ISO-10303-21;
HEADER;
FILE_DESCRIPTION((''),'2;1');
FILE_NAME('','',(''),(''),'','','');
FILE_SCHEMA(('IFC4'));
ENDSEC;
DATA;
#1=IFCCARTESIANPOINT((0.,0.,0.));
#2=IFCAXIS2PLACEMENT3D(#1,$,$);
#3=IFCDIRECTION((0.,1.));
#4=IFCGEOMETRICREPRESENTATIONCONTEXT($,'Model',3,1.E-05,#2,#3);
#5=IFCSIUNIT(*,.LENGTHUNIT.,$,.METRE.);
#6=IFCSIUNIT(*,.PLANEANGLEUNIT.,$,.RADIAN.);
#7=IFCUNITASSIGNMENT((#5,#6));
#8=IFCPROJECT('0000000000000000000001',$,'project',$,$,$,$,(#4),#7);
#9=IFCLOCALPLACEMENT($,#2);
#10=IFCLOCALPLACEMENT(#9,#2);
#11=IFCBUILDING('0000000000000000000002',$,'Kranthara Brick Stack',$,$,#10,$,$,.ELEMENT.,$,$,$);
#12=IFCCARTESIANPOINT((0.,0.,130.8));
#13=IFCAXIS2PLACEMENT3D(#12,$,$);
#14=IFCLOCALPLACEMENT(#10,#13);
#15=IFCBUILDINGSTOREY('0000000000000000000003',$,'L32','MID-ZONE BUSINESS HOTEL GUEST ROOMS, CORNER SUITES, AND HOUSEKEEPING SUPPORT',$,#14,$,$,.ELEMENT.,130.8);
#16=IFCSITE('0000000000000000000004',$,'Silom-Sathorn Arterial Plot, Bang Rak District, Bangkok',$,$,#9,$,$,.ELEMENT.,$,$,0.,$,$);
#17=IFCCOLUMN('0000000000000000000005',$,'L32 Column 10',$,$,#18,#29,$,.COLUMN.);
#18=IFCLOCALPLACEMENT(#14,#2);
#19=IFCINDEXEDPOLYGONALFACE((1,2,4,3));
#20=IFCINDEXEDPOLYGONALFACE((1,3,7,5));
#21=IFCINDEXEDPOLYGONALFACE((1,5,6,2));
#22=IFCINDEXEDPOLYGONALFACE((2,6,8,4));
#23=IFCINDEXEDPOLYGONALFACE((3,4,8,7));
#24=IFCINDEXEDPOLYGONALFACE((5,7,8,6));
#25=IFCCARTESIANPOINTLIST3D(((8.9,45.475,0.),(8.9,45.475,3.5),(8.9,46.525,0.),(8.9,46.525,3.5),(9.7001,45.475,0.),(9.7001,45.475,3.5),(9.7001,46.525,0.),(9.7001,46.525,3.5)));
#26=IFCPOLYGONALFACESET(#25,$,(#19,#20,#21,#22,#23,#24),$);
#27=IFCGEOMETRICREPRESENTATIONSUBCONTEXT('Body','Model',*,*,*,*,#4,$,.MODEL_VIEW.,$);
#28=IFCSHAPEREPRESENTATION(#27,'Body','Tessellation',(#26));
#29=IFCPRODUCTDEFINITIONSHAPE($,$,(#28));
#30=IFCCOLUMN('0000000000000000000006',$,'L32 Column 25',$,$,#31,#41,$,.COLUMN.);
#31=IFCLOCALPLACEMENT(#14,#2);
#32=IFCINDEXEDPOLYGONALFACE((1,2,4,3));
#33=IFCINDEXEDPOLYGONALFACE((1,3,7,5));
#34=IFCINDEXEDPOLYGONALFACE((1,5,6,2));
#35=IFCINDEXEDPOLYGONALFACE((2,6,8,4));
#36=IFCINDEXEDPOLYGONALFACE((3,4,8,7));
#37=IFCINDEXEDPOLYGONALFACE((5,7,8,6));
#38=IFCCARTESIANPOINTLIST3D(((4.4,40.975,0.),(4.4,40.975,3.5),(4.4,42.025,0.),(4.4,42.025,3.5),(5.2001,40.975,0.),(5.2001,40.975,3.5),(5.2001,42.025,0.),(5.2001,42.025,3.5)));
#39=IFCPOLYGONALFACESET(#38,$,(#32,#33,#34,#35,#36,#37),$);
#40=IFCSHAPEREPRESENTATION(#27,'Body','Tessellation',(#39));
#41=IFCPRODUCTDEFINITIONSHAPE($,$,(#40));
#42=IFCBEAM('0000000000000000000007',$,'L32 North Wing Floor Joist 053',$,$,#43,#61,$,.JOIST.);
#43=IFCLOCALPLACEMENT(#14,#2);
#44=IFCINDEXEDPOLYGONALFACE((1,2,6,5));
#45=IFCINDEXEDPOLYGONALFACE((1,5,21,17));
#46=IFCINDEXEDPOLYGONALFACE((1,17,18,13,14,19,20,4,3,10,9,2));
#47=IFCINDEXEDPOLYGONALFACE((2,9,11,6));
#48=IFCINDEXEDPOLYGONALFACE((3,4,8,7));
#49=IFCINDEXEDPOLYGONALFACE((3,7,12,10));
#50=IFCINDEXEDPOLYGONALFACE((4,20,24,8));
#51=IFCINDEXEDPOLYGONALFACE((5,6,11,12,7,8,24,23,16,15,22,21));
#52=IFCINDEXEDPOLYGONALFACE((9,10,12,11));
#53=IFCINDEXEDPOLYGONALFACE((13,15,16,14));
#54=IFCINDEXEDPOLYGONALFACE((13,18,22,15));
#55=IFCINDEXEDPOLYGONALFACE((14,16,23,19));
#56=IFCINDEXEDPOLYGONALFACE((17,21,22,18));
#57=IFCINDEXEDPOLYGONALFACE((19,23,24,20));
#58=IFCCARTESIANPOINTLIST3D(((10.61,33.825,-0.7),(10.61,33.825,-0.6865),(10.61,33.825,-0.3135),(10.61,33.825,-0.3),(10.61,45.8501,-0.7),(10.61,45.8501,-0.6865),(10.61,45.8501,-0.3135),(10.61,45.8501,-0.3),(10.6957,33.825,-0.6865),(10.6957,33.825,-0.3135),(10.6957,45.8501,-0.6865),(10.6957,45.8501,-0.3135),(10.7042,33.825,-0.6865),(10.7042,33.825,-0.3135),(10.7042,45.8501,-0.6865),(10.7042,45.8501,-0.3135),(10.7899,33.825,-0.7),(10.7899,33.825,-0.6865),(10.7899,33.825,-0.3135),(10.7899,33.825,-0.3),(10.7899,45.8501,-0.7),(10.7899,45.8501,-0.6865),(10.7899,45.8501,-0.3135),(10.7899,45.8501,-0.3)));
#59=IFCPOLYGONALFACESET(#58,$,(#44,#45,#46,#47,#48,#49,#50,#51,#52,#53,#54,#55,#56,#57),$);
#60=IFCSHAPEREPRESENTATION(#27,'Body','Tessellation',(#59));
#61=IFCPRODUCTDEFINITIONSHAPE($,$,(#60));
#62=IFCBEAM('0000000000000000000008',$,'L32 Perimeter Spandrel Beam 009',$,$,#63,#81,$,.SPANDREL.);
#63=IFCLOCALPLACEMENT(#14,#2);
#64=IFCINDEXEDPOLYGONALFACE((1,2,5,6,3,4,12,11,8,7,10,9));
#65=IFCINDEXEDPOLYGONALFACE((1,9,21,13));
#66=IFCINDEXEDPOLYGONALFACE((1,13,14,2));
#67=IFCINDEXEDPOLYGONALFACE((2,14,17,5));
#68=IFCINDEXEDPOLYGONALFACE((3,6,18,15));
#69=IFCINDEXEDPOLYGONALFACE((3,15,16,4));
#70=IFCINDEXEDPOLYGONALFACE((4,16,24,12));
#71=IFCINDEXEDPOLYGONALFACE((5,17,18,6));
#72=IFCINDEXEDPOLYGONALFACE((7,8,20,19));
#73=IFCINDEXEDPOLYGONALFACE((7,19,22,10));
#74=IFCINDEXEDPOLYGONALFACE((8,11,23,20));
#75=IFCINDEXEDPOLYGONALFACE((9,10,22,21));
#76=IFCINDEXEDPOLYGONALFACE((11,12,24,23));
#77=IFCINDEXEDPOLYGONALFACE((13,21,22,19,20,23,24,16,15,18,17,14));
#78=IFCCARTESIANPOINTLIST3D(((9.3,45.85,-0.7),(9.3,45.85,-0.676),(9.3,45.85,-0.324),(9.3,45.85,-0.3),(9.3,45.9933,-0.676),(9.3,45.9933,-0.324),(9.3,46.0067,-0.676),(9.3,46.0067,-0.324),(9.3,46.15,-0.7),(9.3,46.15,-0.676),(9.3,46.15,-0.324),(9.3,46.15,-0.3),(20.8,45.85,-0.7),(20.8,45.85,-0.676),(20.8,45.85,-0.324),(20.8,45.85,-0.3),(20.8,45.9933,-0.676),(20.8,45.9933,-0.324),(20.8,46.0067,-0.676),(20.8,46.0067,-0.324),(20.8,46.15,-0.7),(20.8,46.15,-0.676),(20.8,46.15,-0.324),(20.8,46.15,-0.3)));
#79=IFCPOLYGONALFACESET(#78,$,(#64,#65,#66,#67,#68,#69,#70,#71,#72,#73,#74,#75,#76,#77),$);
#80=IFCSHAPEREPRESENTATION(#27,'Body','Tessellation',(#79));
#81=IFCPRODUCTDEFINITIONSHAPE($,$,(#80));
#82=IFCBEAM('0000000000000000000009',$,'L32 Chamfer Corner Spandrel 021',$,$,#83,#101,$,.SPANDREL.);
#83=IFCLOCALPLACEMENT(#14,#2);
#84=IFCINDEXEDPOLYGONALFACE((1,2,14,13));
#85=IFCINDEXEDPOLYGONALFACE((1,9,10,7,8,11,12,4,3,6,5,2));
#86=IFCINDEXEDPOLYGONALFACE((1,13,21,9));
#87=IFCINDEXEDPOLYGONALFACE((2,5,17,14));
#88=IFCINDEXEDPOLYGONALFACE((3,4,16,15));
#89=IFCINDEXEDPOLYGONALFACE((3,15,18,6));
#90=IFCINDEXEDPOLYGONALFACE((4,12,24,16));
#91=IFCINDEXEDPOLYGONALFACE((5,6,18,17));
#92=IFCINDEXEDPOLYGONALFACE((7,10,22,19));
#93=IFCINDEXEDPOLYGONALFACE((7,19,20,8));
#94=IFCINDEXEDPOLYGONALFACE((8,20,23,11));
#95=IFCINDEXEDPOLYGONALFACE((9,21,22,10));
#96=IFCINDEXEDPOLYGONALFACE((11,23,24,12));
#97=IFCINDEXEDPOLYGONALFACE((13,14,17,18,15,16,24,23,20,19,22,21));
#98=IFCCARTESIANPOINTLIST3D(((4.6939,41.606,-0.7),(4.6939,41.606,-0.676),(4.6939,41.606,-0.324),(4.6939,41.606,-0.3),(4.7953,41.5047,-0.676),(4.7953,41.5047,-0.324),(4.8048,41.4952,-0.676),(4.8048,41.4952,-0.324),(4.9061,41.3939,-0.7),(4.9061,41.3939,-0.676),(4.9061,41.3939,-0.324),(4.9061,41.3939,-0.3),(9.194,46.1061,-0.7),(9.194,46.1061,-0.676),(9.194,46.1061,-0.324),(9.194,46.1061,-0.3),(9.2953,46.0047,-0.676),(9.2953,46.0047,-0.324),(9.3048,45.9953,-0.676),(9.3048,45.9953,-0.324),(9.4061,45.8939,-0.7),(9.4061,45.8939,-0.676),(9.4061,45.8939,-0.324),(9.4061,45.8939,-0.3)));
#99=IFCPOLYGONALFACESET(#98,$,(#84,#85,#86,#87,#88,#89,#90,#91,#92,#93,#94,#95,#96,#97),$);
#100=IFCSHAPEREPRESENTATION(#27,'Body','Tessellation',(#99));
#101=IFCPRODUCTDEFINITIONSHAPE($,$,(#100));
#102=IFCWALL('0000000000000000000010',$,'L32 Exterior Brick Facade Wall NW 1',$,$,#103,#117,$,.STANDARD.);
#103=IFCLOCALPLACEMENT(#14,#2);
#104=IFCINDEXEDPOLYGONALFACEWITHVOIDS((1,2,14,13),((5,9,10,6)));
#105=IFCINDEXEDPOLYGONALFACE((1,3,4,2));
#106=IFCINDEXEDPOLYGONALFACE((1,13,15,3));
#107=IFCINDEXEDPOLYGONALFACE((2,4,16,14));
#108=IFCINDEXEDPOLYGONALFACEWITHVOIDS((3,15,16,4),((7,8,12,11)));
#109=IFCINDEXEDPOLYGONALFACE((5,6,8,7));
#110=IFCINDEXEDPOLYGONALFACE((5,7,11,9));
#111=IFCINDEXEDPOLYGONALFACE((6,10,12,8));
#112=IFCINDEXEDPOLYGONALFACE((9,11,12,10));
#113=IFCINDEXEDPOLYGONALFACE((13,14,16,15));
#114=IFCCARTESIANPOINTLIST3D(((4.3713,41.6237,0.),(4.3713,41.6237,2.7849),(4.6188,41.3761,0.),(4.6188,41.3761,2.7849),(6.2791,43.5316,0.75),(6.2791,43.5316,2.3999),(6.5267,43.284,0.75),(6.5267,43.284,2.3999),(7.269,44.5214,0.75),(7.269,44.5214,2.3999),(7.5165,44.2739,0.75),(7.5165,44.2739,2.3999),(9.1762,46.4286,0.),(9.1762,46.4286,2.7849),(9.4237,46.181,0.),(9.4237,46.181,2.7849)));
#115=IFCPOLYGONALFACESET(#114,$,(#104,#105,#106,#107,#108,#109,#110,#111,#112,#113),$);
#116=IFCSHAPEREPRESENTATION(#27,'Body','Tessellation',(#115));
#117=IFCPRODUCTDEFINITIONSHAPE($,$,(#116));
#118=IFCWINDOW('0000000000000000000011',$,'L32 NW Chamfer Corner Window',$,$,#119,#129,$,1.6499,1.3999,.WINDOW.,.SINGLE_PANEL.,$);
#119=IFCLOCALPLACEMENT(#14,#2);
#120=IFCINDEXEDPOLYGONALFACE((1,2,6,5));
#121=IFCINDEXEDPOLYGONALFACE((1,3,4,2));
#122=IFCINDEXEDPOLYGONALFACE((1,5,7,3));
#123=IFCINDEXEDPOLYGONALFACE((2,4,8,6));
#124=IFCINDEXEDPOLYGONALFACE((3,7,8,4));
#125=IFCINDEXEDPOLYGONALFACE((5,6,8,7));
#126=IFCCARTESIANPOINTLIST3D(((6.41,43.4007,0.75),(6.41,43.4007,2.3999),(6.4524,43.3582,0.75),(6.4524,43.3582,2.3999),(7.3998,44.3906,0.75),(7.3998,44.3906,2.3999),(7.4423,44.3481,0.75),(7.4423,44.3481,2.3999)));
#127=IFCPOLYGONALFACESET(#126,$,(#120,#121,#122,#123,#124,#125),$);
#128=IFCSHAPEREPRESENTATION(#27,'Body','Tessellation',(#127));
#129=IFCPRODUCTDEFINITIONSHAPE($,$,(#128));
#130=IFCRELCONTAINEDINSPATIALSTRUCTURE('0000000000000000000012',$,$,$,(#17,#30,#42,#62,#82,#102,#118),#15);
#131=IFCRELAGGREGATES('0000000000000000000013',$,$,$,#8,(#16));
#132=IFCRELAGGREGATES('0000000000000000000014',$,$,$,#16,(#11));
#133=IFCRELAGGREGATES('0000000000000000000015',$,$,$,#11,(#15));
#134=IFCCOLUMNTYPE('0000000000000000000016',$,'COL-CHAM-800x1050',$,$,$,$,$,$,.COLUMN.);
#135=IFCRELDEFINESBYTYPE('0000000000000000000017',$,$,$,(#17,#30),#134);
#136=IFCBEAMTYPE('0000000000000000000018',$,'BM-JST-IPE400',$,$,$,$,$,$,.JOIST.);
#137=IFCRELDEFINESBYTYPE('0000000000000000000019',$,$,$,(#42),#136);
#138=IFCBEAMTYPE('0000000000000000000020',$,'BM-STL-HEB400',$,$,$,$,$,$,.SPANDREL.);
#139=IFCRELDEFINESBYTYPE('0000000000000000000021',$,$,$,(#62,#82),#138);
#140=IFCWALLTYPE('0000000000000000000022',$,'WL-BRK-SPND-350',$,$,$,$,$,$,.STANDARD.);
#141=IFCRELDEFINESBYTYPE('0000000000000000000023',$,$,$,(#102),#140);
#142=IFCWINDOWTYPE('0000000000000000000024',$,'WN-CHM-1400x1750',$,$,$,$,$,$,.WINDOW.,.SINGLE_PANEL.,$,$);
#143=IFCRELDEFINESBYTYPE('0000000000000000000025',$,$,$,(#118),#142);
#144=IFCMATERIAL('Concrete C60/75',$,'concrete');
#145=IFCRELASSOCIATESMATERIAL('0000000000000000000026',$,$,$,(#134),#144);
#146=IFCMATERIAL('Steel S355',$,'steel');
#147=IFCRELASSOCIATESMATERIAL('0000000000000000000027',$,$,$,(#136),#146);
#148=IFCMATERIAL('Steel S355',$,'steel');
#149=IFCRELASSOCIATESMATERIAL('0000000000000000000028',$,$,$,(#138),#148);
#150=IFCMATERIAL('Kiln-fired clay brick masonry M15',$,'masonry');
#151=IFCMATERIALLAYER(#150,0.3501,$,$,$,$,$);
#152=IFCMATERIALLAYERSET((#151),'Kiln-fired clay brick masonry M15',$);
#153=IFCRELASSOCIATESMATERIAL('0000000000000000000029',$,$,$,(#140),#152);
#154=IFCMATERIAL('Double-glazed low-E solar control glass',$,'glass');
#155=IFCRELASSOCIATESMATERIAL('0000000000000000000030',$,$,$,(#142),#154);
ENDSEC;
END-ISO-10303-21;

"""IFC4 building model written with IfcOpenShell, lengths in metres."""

from ifc_helpers import new_model, si_unit, direction, frame, frame_2d, origin, origin_2d, place, context, subcontext, project, spatial, rectangle, i_section, extrude, material, layer, layer_set, material_profile, profile_set, type_object, element, fill, save


model = new_model("IFC4")

# Units and contexts
model_context = context("Model", 3, precision=1e-05, world=origin(), true_north=direction((0.0, 1.0)))
body_context = subcontext(model_context, "Body", "Model", "MODEL_VIEW")
ifc_project = project(units=[si_unit("LENGTHUNIT", "METRE"), si_unit("PLANEANGLEUNIT", "RADIAN")], contexts=[model_context])

# Site, building, storey
site_placement = place(None, origin())
site = spatial("IfcSite", under=ifc_project, at=site_placement, Name="Silom-Sathorn Arterial Plot, Bang Rak District, Bangkok", CompositionType="ELEMENT", RefElevation=0.0)
building_placement = place(site_placement, origin())
building = spatial("IfcBuilding", under=site, at=building_placement, Name="Kranthara Brick Stack", CompositionType="ELEMENT")
storey_placement = place(building_placement, frame((0.0, 0.0, 130.8)))
storey = spatial("IfcBuildingStorey", under=building, at=storey_placement, Name="L32", Description="MID-ZONE BUSINESS HOTEL GUEST ROOMS, CORNER SUITES, AND HOUSEKEEPING SUPPORT", CompositionType="ELEMENT", Elevation=130.8)

# Columns
ifc_material_1 = material(Name="Concrete C60/75", Category="concrete")
ifc_material_profile_1 = material_profile(ifc_material_1, rectangle(XDim=0.8, YDim=1.05, at=origin_2d()), Name="RC 800x1050")
ifc_profile_set_1 = profile_set([ifc_material_profile_1], Name="Concrete C60/75")
column_type = type_object("IfcColumnType", Name="COL-CHAM-800x1050", PredefinedType="COLUMN", material=ifc_profile_set_1)
for number, where, z_axis, x_axis, name in (
    (1, (9.3, 46.0, 0.0), (0.0, 0.0, 1.0), (1.0, 0.0, 0.0), "L32 Column 10"),
    (2, (4.8, 41.5, 0.0), (0.0, 0.0, 1.0), (1.0, 0.0, 0.0), "L32 Column 25"),
):
    element("IfcColumn", number, at=place(storey_placement, frame(where, z_axis=z_axis, x_axis=x_axis)), inside=storey, type_object=column_type, Name=name, PredefinedType="COLUMN", context=body_context, shape_type="SweptSolid", body=[
        extrude(rectangle(XDim=0.8, YDim=1.05, at=origin_2d()), origin(), (0.0, 0.0, 1.0), 3.5),
    ])

# Beams
ifc_material_2 = material(Name="Steel S355", Category="steel")
ifc_material_profile_2 = material_profile(ifc_material_2, i_section(OverallWidth=0.1799, OverallDepth=0.3999, WebThickness=0.0085, FlangeThickness=0.0134, at=origin_2d()), Name="IPE 400")
ifc_profile_set_2 = profile_set([ifc_material_profile_2], Name="Steel S355")
beam_type_1 = type_object("IfcBeamType", Name="BM-JST-IPE400", PredefinedType="JOIST", material=ifc_profile_set_2)
beam_1_placement = place(storey_placement, frame((10.7, 33.825, -0.5), z_axis=(0.0, 1.0, 0.0), x_axis=(-1.0, 0.0, 0.0)))
element("IfcBeam", 3, at=beam_1_placement, inside=storey, type_object=beam_type_1, Name="L32 North Wing Floor Joist 053", PredefinedType="JOIST", context=body_context, shape_type="SweptSolid", body=[
    extrude(i_section(OverallWidth=0.1799, OverallDepth=0.3999, WebThickness=0.0085, FlangeThickness=0.0134, at=origin_2d()), origin(), (0.0, 0.0, 1.0), 12.0251),
])
ifc_material_3 = material(Name="Steel S355", Category="steel")
ifc_material_profile_3 = material_profile(ifc_material_3, i_section(OverallWidth=0.3, OverallDepth=0.3999, WebThickness=0.0134, FlangeThickness=0.0239, at=origin_2d()), Name="HEB 400")
ifc_profile_set_3 = profile_set([ifc_material_profile_3], Name="Steel S355")
beam_type_2 = type_object("IfcBeamType", Name="BM-STL-HEB400", PredefinedType="SPANDREL", material=ifc_profile_set_3)
beam_2_placement = place(storey_placement, frame((9.3, 46.0, -0.5), z_axis=(1.0, 0.0, 0.0), x_axis=(0.0, 1.0, 0.0)))
element("IfcBeam", 4, at=beam_2_placement, inside=storey, type_object=beam_type_2, Name="L32 Perimeter Spandrel Beam 009", PredefinedType="SPANDREL", context=body_context, shape_type="SweptSolid", body=[
    extrude(i_section(OverallWidth=0.3, OverallDepth=0.3999, WebThickness=0.0134, FlangeThickness=0.0239, at=origin_2d()), origin(), (0.0, 0.0, 1.0), 11.5),
])
beam_3_placement = place(storey_placement, frame((9.3, 46.0, -0.5), z_axis=(-0.707107, -0.707107, 0.0), x_axis=(0.707107, -0.707107, 0.0)))
element("IfcBeam", 5, at=beam_3_placement, inside=storey, type_object=beam_type_2, Name="L32 Chamfer Corner Spandrel 021", PredefinedType="SPANDREL", context=body_context, shape_type="SweptSolid", body=[
    extrude(i_section(OverallWidth=0.3, OverallDepth=0.3999, WebThickness=0.0134, FlangeThickness=0.0239, at=origin_2d()), origin(), (0.0, 0.0, 1.0), 6.364),
])

# Wall, opening, window
ifc_material_4 = material(Name="Kiln-fired clay brick masonry M15", Category="masonry")
ifc_layer_1 = layer(ifc_material_4, 0.3501)
ifc_layer_set_1 = layer_set([ifc_layer_1], Name="Kiln-fired clay brick masonry M15")
wall_type_1 = type_object("IfcWallType", Name="WL-BRK-SPND-350", PredefinedType="STANDARD", material=ifc_layer_set_1)
wall_1_placement = place(storey_placement, frame((4.4951, 41.5, 0.0), z_axis=(0.0, 0.0, 1.0), x_axis=(0.707107, 0.707107, 0.0)))
wall_1 = element("IfcWall", 6, at=wall_1_placement, inside=storey, type_object=wall_type_1, Name="L32 Exterior Brick Facade Wall NW 1", PredefinedType="STANDARD", context=body_context, shape_type="SweptSolid", body=[
    extrude(rectangle(XDim=6.7952, YDim=0.3501, at=frame_2d((3.3975, 0.0))), origin(), (0.0, 0.0, 1.0), 2.7849),
])
opening_1_placement = place(wall_1_placement, frame((2.698, 0.0, 0.75)))
opening_1 = element("IfcOpeningElement", 7, at=opening_1_placement, cuts=wall_1, PredefinedType="OPENING", context=body_context, shape_type="SweptSolid", body=[
    extrude(rectangle(XDim=1.3999, YDim=1.6499, at=frame_2d((0.7, 0.825))), frame((0.0, 0.1851, 0.0), z_axis=(0.0, -1.0, 0.0), x_axis=(1.0, 0.0, 0.0)), (0.0, 0.0, 1.0), 0.3701),
])
ifc_material_5 = material(Name="Double-glazed low-E solar control glass", Category="glass")
window_type_1 = type_object("IfcWindowType", Name="WN-CHM-1400x1750", PartitioningType="SINGLE_PANEL", PredefinedType="WINDOW", material=ifc_material_5)
window_1_placement = place(opening_1_placement, origin())
window_1 = element("IfcWindow", 8, at=window_1_placement, inside=storey, type_object=window_type_1, Name="L32 NW Chamfer Corner Window", OverallHeight=1.6499, OverallWidth=1.3999, PartitioningType="SINGLE_PANEL", PredefinedType="WINDOW", context=body_context, shape_type="SweptSolid", body=[
    extrude(rectangle(XDim=1.3999, YDim=1.6499, at=frame_2d((0.7, 0.825))), frame((0.0, -0.01, 0.0), z_axis=(0.0, -1.0, 0.0), x_axis=(1.0, 0.0, 0.0)), (0.0, 0.0, 1.0), 0.0601),
])
fill(opening_1, window_1)

save(model, "model.ifc")
